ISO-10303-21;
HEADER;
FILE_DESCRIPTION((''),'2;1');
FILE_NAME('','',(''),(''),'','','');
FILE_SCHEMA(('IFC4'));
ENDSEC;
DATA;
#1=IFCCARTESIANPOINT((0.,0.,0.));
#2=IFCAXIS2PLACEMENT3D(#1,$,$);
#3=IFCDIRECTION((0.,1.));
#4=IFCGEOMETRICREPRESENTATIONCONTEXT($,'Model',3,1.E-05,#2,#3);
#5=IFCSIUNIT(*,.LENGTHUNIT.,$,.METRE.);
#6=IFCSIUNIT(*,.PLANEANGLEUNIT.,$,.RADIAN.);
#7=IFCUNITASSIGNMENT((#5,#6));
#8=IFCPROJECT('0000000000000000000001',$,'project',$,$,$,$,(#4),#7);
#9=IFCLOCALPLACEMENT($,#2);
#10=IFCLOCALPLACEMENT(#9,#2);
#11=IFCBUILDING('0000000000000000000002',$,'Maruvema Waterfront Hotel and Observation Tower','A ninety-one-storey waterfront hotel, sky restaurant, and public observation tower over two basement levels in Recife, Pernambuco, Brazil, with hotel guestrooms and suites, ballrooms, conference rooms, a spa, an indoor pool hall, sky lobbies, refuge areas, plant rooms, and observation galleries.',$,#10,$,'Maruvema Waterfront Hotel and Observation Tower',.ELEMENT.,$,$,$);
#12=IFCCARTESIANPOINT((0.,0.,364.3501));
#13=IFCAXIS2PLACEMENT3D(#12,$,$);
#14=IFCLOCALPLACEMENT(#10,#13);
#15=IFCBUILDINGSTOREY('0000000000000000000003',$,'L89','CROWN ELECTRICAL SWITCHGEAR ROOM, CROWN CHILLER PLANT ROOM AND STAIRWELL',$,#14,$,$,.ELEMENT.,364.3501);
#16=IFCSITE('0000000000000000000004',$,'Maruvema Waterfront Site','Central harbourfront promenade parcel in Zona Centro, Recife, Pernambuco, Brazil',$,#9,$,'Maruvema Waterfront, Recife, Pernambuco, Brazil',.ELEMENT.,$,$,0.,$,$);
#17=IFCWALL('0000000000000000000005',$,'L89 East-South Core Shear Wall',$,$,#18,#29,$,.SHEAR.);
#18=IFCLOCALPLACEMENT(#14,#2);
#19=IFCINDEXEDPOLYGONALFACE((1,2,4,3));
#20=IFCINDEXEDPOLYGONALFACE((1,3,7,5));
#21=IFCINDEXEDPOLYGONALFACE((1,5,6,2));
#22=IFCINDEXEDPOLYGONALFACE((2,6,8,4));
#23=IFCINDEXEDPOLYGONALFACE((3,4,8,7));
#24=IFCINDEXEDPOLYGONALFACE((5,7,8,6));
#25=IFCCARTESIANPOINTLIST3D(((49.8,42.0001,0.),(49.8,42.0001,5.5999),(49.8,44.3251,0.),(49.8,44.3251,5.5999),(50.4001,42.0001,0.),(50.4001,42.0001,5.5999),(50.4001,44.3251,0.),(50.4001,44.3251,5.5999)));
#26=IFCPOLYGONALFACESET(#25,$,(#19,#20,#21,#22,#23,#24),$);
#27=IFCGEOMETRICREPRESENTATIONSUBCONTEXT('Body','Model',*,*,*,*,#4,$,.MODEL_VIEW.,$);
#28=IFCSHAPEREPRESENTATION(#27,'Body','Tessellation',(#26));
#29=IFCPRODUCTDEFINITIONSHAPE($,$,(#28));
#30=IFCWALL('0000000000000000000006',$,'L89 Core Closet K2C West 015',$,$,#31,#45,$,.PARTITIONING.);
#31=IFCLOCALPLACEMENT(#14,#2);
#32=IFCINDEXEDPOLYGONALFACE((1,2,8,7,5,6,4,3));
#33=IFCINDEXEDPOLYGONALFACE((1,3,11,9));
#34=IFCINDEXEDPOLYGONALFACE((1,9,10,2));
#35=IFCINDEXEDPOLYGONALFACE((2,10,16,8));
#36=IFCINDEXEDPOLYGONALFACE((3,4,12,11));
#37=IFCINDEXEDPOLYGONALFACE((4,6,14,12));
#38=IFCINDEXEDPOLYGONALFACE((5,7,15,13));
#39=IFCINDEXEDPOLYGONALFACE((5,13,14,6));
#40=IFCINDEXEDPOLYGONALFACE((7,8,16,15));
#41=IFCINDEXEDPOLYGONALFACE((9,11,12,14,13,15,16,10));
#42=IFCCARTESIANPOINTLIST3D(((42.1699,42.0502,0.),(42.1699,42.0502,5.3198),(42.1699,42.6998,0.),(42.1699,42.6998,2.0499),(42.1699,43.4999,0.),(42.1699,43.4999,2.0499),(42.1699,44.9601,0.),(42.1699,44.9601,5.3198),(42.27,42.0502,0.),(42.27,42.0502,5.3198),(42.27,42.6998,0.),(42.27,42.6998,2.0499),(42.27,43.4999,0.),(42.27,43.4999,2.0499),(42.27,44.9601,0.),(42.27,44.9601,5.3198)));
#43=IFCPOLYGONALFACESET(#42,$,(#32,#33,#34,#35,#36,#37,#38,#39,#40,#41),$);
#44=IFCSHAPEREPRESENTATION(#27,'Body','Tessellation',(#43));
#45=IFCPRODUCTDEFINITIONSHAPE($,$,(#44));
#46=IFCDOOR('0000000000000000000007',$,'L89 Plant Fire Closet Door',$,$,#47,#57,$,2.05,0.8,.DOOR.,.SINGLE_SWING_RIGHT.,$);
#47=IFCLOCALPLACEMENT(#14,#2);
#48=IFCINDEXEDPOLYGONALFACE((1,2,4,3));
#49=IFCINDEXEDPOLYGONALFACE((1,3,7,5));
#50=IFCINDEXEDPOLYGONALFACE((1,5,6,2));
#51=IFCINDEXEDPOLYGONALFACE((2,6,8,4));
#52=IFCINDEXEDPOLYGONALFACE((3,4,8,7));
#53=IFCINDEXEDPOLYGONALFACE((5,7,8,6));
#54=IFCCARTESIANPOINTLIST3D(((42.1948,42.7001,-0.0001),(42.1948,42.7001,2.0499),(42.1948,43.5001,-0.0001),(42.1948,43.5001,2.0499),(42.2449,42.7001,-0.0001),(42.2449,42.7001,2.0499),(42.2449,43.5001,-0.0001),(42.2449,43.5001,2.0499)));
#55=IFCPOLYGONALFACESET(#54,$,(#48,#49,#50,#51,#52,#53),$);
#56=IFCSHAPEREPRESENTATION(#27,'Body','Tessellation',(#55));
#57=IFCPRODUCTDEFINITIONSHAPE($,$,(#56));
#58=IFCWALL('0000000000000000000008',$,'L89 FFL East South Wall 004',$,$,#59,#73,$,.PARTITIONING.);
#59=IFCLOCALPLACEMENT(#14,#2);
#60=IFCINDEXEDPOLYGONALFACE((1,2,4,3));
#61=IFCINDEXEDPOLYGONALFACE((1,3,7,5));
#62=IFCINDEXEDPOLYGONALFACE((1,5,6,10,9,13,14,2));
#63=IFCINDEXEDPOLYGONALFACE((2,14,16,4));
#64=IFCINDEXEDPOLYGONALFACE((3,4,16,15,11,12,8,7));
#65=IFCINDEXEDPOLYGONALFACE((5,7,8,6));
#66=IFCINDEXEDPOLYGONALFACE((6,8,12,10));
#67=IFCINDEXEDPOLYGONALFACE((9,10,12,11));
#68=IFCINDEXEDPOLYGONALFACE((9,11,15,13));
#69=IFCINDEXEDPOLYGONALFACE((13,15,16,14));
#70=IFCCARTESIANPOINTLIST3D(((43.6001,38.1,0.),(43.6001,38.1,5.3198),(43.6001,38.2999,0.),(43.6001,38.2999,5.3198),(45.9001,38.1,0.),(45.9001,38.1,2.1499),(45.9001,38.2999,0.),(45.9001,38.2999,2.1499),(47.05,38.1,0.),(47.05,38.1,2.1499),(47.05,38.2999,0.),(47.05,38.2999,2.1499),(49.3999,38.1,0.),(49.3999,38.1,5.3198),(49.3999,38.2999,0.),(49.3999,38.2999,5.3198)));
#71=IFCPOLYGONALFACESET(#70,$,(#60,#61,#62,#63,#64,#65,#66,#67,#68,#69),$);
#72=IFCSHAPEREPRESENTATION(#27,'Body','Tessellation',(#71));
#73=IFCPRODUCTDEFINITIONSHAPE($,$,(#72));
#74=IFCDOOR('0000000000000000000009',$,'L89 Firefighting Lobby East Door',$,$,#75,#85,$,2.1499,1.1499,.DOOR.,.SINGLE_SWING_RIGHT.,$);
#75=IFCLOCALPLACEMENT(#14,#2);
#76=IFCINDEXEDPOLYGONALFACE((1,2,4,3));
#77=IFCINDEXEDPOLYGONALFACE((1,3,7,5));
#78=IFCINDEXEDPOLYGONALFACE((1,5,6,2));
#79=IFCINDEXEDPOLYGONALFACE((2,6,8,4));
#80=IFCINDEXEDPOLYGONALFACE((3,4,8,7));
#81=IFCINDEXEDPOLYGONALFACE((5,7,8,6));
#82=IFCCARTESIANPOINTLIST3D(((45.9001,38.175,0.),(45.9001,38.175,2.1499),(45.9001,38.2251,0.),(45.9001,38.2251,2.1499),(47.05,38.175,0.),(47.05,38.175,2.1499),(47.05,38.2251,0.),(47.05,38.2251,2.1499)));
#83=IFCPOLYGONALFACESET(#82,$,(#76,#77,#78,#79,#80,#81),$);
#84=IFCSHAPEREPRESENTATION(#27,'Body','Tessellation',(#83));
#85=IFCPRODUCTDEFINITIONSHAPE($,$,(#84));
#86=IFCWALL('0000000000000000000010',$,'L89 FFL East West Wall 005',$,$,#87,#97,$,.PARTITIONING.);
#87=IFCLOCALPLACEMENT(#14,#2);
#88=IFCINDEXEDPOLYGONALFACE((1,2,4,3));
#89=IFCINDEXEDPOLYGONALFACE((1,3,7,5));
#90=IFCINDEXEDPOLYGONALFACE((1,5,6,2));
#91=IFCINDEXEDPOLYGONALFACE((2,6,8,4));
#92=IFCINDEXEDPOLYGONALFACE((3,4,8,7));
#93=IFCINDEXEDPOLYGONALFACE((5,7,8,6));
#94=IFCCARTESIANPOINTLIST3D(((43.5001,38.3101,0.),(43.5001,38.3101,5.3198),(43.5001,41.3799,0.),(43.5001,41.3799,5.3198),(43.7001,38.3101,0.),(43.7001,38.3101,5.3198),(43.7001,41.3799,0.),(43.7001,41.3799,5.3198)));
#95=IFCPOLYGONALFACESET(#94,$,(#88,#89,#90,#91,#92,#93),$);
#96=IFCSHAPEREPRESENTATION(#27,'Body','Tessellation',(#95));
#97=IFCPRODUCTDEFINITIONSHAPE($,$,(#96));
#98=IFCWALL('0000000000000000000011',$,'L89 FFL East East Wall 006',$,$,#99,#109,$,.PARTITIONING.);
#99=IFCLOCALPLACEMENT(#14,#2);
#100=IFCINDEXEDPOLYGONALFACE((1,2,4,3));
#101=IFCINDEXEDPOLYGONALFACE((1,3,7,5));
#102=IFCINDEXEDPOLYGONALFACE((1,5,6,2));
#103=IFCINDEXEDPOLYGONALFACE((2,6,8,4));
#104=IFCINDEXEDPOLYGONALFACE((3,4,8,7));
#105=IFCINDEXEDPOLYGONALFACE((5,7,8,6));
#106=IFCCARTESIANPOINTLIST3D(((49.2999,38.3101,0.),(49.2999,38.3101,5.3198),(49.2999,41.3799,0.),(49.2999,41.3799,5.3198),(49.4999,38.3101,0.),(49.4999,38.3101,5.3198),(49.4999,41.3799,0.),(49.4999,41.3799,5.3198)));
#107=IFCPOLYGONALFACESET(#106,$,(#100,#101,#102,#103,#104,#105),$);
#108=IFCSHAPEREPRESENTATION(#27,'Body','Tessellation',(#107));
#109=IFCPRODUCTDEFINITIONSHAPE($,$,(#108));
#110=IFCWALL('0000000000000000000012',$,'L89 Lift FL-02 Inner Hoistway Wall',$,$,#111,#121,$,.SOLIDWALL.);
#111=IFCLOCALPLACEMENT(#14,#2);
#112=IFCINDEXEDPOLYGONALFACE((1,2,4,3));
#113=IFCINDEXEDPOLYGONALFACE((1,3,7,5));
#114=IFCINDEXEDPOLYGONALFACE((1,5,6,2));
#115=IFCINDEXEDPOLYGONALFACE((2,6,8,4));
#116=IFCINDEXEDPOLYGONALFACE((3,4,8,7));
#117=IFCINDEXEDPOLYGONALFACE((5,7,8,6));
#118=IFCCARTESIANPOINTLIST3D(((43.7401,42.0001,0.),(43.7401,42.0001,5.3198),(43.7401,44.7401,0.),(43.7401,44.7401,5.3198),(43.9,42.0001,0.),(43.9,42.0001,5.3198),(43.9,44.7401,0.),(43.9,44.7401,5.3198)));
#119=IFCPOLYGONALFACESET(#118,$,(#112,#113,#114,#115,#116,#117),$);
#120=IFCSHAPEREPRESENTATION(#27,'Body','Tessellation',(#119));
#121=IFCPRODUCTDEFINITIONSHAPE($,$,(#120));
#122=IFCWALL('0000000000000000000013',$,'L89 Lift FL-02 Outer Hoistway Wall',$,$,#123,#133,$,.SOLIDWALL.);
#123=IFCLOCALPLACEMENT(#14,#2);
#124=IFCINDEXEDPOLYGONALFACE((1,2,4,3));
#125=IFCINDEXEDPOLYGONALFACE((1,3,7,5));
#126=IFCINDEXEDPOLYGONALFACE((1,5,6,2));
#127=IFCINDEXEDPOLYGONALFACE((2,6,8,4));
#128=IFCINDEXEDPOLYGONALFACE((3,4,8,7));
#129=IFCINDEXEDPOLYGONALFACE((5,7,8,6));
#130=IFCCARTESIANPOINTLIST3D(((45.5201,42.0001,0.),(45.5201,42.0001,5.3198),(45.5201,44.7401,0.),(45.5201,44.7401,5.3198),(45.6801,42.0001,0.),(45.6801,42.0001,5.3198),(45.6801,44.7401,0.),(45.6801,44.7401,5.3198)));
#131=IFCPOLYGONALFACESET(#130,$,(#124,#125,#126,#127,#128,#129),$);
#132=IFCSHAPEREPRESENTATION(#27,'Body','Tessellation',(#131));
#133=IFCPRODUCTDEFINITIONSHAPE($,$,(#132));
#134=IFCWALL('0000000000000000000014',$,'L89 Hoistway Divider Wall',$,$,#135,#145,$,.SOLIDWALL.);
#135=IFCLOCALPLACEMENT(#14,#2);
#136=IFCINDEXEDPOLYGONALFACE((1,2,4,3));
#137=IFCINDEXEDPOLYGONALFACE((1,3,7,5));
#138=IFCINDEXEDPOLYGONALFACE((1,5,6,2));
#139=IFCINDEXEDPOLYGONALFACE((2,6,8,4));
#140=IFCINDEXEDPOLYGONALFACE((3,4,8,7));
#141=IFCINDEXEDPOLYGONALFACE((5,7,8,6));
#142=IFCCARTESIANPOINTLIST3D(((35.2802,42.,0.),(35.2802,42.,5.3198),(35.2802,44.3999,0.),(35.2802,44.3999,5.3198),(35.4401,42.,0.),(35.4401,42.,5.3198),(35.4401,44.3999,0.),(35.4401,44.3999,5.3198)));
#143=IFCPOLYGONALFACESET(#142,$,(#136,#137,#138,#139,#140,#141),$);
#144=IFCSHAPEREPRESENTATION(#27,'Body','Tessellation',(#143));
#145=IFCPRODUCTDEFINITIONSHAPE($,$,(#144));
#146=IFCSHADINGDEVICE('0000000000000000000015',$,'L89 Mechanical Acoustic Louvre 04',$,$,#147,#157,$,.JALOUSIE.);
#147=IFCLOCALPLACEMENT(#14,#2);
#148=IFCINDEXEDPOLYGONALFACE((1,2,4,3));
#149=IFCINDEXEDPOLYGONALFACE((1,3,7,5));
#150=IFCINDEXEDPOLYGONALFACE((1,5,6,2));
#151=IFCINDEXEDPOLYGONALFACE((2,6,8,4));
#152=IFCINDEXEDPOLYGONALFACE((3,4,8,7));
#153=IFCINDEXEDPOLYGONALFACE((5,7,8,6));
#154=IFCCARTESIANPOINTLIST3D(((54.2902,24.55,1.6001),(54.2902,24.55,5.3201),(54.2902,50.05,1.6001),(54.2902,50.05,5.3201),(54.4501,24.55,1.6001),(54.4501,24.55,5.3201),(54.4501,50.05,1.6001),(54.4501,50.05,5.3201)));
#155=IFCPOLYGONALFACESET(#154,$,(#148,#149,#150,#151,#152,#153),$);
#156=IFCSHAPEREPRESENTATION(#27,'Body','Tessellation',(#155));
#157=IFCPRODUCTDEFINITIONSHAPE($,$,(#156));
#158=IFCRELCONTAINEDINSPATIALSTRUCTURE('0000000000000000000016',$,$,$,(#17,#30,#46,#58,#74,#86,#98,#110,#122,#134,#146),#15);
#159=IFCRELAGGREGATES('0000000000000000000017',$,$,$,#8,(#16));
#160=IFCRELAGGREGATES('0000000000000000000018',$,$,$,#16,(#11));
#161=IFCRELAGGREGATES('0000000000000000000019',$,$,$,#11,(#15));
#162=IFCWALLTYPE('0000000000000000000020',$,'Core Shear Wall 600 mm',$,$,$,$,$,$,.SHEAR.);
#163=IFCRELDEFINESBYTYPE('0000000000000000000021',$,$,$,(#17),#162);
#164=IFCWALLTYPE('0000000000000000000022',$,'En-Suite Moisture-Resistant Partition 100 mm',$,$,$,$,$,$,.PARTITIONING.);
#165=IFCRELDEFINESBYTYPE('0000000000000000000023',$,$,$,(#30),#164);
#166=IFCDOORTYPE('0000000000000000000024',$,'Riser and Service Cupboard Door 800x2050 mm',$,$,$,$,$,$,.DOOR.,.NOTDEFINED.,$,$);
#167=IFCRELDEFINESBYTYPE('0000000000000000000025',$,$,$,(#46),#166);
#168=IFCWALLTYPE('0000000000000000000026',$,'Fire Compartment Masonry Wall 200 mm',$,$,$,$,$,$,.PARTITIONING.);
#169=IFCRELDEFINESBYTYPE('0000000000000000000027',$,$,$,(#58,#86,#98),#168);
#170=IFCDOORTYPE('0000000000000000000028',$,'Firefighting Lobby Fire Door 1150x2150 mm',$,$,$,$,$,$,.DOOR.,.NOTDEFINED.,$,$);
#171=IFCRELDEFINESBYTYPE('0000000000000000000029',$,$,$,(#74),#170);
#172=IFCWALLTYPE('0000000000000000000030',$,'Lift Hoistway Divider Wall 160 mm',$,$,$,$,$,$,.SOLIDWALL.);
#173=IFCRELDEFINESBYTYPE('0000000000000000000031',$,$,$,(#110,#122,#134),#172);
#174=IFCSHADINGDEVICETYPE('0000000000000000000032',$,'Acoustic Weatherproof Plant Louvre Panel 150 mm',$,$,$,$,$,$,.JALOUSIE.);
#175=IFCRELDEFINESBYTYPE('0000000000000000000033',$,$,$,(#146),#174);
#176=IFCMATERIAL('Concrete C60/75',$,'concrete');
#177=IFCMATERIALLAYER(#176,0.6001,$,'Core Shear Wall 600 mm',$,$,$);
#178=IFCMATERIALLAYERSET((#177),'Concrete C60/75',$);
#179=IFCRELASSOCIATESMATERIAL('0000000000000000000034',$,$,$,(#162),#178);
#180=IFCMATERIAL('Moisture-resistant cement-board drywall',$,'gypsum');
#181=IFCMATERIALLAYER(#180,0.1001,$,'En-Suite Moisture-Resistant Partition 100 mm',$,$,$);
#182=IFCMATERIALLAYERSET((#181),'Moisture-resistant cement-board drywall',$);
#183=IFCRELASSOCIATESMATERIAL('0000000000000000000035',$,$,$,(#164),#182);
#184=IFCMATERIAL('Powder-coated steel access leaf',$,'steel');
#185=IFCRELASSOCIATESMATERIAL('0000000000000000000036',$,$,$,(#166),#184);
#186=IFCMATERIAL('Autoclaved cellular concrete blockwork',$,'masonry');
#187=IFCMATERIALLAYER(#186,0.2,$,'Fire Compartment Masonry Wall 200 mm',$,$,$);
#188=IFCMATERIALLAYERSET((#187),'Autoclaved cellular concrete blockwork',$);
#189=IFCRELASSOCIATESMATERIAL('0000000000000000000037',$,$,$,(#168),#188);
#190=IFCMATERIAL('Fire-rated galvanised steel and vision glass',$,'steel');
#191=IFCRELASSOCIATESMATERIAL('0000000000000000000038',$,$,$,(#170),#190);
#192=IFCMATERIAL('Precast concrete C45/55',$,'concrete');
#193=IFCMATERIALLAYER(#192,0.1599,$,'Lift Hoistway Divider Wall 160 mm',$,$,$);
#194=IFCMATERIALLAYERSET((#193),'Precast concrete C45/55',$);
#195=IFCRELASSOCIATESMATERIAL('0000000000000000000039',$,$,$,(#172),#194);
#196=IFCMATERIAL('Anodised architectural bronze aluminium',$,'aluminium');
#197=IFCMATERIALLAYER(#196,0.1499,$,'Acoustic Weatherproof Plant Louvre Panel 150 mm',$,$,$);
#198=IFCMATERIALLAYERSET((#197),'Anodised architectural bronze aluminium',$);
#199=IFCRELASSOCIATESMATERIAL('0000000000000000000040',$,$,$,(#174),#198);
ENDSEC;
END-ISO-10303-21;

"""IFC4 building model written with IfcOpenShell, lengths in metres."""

from ifc_helpers import new_model, si_unit, direction, frame, frame_2d, origin, origin_2d, place, context, subcontext, project, spatial, rectangle, extrude, material, layer, layer_set, type_object, element, fill, save


model = new_model("IFC4")

# Units and contexts
model_context = context("Model", 3, precision=1e-05, world=origin(), true_north=direction((0.0, 1.0)))
body_context = subcontext(model_context, "Body", "Model", "MODEL_VIEW")
ifc_project = project(units=[si_unit("LENGTHUNIT", "METRE"), si_unit("PLANEANGLEUNIT", "RADIAN")], contexts=[model_context])

# Site, building, storey
site_placement = place(None, origin())
site = spatial("IfcSite", under=ifc_project, at=site_placement, Name="Maruvema Waterfront Site", Description="Central harbourfront promenade parcel in Zona Centro, Recife, Pernambuco, Brazil", LongName="Maruvema Waterfront, Recife, Pernambuco, Brazil", CompositionType="ELEMENT", RefElevation=0.0)
building_placement = place(site_placement, origin())
building = spatial("IfcBuilding", under=site, at=building_placement, Name="Maruvema Waterfront Hotel and Observation Tower", Description="A ninety-one-storey waterfront hotel, sky restaurant, and public observation tower over two basement levels in Recife, Pernambuco, Brazil, with hotel guestrooms and suites, ballrooms, conference rooms, a spa, an indoor pool hall, sky lobbies, refuge areas, plant rooms, and observation galleries.", LongName="Maruvema Waterfront Hotel and Observation Tower", CompositionType="ELEMENT")
storey_placement = place(building_placement, frame((0.0, 0.0, 364.3501)))
storey = spatial("IfcBuildingStorey", under=building, at=storey_placement, Name="L89", Description="CROWN ELECTRICAL SWITCHGEAR ROOM, CROWN CHILLER PLANT ROOM AND STAIRWELL", CompositionType="ELEMENT", Elevation=364.3501)

# Shared definitions
ifc_material_1 = material(Name="Concrete C60/75", Category="concrete")
ifc_layer_1 = layer(ifc_material_1, 0.6001, Name="Core Shear Wall 600 mm")
ifc_layer_set_1 = layer_set([ifc_layer_1], Name="Concrete C60/75")
wall_type_1 = type_object("IfcWallType", Name="Core Shear Wall 600 mm", PredefinedType="SHEAR", material=ifc_layer_set_1)

# Wall
wall_1_placement = place(storey_placement, frame((50.1001, 42.0, 0.0), z_axis=(0.0, 0.0, 1.0), x_axis=(0.0, 1.0, 0.0)))
element("IfcWall", 1, at=wall_1_placement, inside=storey, type_object=wall_type_1, Name="L89 East-South Core Shear Wall", PredefinedType="SHEAR", context=body_context, shape_type="SweptSolid", body=[
    extrude(rectangle(XDim=2.325, YDim=0.6001, at=frame_2d((1.1626, 0.0))), origin(), (0.0, 0.0, 1.0), 5.5999),
])

# Walls, openings, doors
ifc_material_2 = material(Name="Moisture-resistant cement-board drywall", Category="gypsum")
ifc_layer_2 = layer(ifc_material_2, 0.1001, Name="En-Suite Moisture-Resistant Partition 100 mm")
ifc_layer_set_2 = layer_set([ifc_layer_2], Name="Moisture-resistant cement-board drywall")
wall_type_2 = type_object("IfcWallType", Name="En-Suite Moisture-Resistant Partition 100 mm", PredefinedType="PARTITIONING", material=ifc_layer_set_2)
wall_2_placement = place(storey_placement, frame((42.22, 42.05, 0.0), z_axis=(0.0, 0.0, 1.0), x_axis=(0.0, 1.0, 0.0)))
wall_2 = element("IfcWall", 2, at=wall_2_placement, inside=storey, type_object=wall_type_2, Name="L89 Core Closet K2C West 015", PredefinedType="PARTITIONING", context=body_context, shape_type="SweptSolid", body=[
    extrude(rectangle(XDim=2.9099, YDim=0.1001, at=frame_2d((1.4551, 0.0))), origin(), (0.0, 0.0, 1.0), 5.3198),
])
opening_1_placement = place(wall_2_placement, frame((0.6499, 0.0, 0.0)))
opening_1 = element("IfcOpeningElement", 3, at=opening_1_placement, cuts=wall_2, PredefinedType="OPENING", context=body_context, shape_type="SweptSolid", body=[
    extrude(rectangle(XDim=0.8, YDim=2.05, at=frame_2d((0.3999, 1.0249))), frame((0.0, 0.0601, 0.0), z_axis=(0.0, -1.0, 0.0), x_axis=(1.0, 0.0, 0.0)), (0.0, 0.0, 1.0), 0.1201),
])
ifc_material_3 = material(Name="Powder-coated steel access leaf", Category="steel")
door_type_1 = type_object("IfcDoorType", Name="Riser and Service Cupboard Door 800x2050 mm", OperationType="NOTDEFINED", PredefinedType="DOOR", material=ifc_material_3)
door_1_placement = place(opening_1_placement, frame((0.8, 0.0, 0.0), z_axis=(0.0, 0.0, 1.0), x_axis=(-1.0, 0.0, 0.0)))
door_1 = element("IfcDoor", 4, at=door_1_placement, inside=storey, type_object=door_type_1, Name="L89 Plant Fire Closet Door", OperationType="SINGLE_SWING_RIGHT", OverallHeight=2.05, OverallWidth=0.8, PredefinedType="DOOR", context=body_context, shape_type="SweptSolid", body=[
    extrude(rectangle(XDim=0.8, YDim=2.05, at=frame_2d((0.3999, 1.0249))), frame((0.0, 0.0249, 0.0), z_axis=(0.0, -1.0, 0.0), x_axis=(1.0, 0.0, 0.0)), (0.0, 0.0, 1.0), 0.05),
])
fill(opening_1, door_1)
ifc_material_4 = material(Name="Autoclaved cellular concrete blockwork", Category="masonry")
ifc_layer_3 = layer(ifc_material_4, 0.2, Name="Fire Compartment Masonry Wall 200 mm")
ifc_layer_set_3 = layer_set([ifc_layer_3], Name="Autoclaved cellular concrete blockwork")
wall_type_3 = type_object("IfcWallType", Name="Fire Compartment Masonry Wall 200 mm", PredefinedType="PARTITIONING", material=ifc_layer_set_3)
wall_3_placement = place(storey_placement, frame((43.6001, 38.2, 0.0), z_axis=(0.0, 0.0, 1.0), x_axis=(1.0, 0.0, 0.0)))
wall_3 = element("IfcWall", 5, at=wall_3_placement, inside=storey, type_object=wall_type_3, Name="L89 FFL East South Wall 004", PredefinedType="PARTITIONING", context=body_context, shape_type="SweptSolid", body=[
    extrude(rectangle(XDim=5.7998, YDim=0.2, at=frame_2d((2.8999, 0.0))), origin(), (0.0, 0.0, 1.0), 5.3198),
])
opening_2_placement = place(wall_3_placement, frame((2.3, 0.0, 0.0)))
opening_2 = element("IfcOpeningElement", 6, at=opening_2_placement, cuts=wall_3, PredefinedType="OPENING", context=body_context, shape_type="SweptSolid", body=[
    extrude(rectangle(XDim=1.1499, YDim=2.1499, at=frame_2d((0.575, 1.075))), frame((0.0, 0.1099, 0.0), z_axis=(0.0, -1.0, 0.0), x_axis=(1.0, 0.0, 0.0)), (0.0, 0.0, 1.0), 0.22),
])
ifc_material_5 = material(Name="Fire-rated galvanised steel and vision glass", Category="steel")
door_type_2 = type_object("IfcDoorType", Name="Firefighting Lobby Fire Door 1150x2150 mm", OperationType="NOTDEFINED", PredefinedType="DOOR", material=ifc_material_5)
door_2_placement = place(opening_2_placement, frame((1.1499, 0.0, 0.0), z_axis=(0.0, 0.0, 1.0), x_axis=(-1.0, 0.0, 0.0)))
door_2 = element("IfcDoor", 7, at=door_2_placement, inside=storey, type_object=door_type_2, Name="L89 Firefighting Lobby East Door", OperationType="SINGLE_SWING_RIGHT", OverallHeight=2.1499, OverallWidth=1.1499, PredefinedType="DOOR", context=body_context, shape_type="SweptSolid", body=[
    extrude(rectangle(XDim=1.1499, YDim=2.1499, at=frame_2d((0.575, 1.075))), frame((0.0, 0.0249, 0.0), z_axis=(0.0, -1.0, 0.0), x_axis=(1.0, 0.0, 0.0)), (0.0, 0.0, 1.0), 0.05),
])
fill(opening_2, door_2)

# Walls
for number, where, z_axis, x_axis, name in (
    (8, (43.6001, 38.3101, 0.0), (0.0, 0.0, 1.0), (0.0, 1.0, 0.0), "L89 FFL East West Wall 005"),
    (9, (49.3999, 38.3101, 0.0), (0.0, 0.0, 1.0), (0.0, 1.0, 0.0), "L89 FFL East East Wall 006"),
):
    element("IfcWall", number, at=place(storey_placement, frame(where, z_axis=z_axis, x_axis=x_axis)), inside=storey, type_object=wall_type_3, Name=name, PredefinedType="PARTITIONING", context=body_context, shape_type="SweptSolid", body=[
        extrude(rectangle(XDim=3.0698, YDim=0.2, at=frame_2d((1.5349, 0.0))), origin(), (0.0, 0.0, 1.0), 5.3198),
    ])
ifc_material_6 = material(Name="Precast concrete C45/55", Category="concrete")
ifc_layer_4 = layer(ifc_material_6, 0.1599, Name="Lift Hoistway Divider Wall 160 mm")
ifc_layer_set_4 = layer_set([ifc_layer_4], Name="Precast concrete C45/55")
wall_type_4 = type_object("IfcWallType", Name="Lift Hoistway Divider Wall 160 mm", PredefinedType="SOLIDWALL", material=ifc_layer_set_4)
for number, where, z_axis, x_axis, name in (
    (10, (43.8201, 42.0, 0.0), (0.0, 0.0, 1.0), (0.0, 1.0, 0.0), "L89 Lift FL-02 Inner Hoistway Wall"),
    (11, (45.6001, 42.0, 0.0), (0.0, 0.0, 1.0), (0.0, 1.0, 0.0), "L89 Lift FL-02 Outer Hoistway Wall"),
):
    element("IfcWall", number, at=place(storey_placement, frame(where, z_axis=z_axis, x_axis=x_axis)), inside=storey, type_object=wall_type_4, Name=name, PredefinedType="SOLIDWALL", context=body_context, shape_type="SweptSolid", body=[
        extrude(rectangle(XDim=2.74, YDim=0.1599, at=frame_2d((1.3701, 0.0))), origin(), (0.0, 0.0, 1.0), 5.3198),
    ])
wall_4_placement = place(storey_placement, frame((35.3601, 42.0, 0.0), z_axis=(0.0, 0.0, 1.0), x_axis=(0.0, 1.0, 0.0)))
element("IfcWall", 12, at=wall_4_placement, inside=storey, type_object=wall_type_4, Name="L89 Hoistway Divider Wall", PredefinedType="SOLIDWALL", context=body_context, shape_type="SweptSolid", body=[
    extrude(rectangle(XDim=2.3999, YDim=0.1599, at=frame_2d((1.2, 0.0))), origin(), (0.0, 0.0, 1.0), 5.3198),
])

# Shading device
ifc_material_7 = material(Name="Anodised architectural bronze aluminium", Category="aluminium")
ifc_layer_5 = layer(ifc_material_7, 0.1499, Name="Acoustic Weatherproof Plant Louvre Panel 150 mm")
ifc_layer_set_5 = layer_set([ifc_layer_5], Name="Anodised architectural bronze aluminium")
shading_device_type = type_object("IfcShadingDeviceType", Name="Acoustic Weatherproof Plant Louvre Panel 150 mm", PredefinedType="JALOUSIE", material=ifc_layer_set_5)
shading_device_placement = place(storey_placement, frame((54.3701, 37.3, 1.6001), z_axis=(0.0, 0.0, 1.0), x_axis=(0.0, 1.0, 0.0)))
element("IfcShadingDevice", 13, at=shading_device_placement, inside=storey, type_object=shading_device_type, Name="L89 Mechanical Acoustic Louvre 04", PredefinedType="JALOUSIE", context=body_context, shape_type="SweptSolid", body=[
    extrude(rectangle(XDim=25.5, YDim=0.1599, at=origin_2d()), origin(), (0.0, 0.0, 1.0), 3.72),
])

save(model, "model.ifc")
